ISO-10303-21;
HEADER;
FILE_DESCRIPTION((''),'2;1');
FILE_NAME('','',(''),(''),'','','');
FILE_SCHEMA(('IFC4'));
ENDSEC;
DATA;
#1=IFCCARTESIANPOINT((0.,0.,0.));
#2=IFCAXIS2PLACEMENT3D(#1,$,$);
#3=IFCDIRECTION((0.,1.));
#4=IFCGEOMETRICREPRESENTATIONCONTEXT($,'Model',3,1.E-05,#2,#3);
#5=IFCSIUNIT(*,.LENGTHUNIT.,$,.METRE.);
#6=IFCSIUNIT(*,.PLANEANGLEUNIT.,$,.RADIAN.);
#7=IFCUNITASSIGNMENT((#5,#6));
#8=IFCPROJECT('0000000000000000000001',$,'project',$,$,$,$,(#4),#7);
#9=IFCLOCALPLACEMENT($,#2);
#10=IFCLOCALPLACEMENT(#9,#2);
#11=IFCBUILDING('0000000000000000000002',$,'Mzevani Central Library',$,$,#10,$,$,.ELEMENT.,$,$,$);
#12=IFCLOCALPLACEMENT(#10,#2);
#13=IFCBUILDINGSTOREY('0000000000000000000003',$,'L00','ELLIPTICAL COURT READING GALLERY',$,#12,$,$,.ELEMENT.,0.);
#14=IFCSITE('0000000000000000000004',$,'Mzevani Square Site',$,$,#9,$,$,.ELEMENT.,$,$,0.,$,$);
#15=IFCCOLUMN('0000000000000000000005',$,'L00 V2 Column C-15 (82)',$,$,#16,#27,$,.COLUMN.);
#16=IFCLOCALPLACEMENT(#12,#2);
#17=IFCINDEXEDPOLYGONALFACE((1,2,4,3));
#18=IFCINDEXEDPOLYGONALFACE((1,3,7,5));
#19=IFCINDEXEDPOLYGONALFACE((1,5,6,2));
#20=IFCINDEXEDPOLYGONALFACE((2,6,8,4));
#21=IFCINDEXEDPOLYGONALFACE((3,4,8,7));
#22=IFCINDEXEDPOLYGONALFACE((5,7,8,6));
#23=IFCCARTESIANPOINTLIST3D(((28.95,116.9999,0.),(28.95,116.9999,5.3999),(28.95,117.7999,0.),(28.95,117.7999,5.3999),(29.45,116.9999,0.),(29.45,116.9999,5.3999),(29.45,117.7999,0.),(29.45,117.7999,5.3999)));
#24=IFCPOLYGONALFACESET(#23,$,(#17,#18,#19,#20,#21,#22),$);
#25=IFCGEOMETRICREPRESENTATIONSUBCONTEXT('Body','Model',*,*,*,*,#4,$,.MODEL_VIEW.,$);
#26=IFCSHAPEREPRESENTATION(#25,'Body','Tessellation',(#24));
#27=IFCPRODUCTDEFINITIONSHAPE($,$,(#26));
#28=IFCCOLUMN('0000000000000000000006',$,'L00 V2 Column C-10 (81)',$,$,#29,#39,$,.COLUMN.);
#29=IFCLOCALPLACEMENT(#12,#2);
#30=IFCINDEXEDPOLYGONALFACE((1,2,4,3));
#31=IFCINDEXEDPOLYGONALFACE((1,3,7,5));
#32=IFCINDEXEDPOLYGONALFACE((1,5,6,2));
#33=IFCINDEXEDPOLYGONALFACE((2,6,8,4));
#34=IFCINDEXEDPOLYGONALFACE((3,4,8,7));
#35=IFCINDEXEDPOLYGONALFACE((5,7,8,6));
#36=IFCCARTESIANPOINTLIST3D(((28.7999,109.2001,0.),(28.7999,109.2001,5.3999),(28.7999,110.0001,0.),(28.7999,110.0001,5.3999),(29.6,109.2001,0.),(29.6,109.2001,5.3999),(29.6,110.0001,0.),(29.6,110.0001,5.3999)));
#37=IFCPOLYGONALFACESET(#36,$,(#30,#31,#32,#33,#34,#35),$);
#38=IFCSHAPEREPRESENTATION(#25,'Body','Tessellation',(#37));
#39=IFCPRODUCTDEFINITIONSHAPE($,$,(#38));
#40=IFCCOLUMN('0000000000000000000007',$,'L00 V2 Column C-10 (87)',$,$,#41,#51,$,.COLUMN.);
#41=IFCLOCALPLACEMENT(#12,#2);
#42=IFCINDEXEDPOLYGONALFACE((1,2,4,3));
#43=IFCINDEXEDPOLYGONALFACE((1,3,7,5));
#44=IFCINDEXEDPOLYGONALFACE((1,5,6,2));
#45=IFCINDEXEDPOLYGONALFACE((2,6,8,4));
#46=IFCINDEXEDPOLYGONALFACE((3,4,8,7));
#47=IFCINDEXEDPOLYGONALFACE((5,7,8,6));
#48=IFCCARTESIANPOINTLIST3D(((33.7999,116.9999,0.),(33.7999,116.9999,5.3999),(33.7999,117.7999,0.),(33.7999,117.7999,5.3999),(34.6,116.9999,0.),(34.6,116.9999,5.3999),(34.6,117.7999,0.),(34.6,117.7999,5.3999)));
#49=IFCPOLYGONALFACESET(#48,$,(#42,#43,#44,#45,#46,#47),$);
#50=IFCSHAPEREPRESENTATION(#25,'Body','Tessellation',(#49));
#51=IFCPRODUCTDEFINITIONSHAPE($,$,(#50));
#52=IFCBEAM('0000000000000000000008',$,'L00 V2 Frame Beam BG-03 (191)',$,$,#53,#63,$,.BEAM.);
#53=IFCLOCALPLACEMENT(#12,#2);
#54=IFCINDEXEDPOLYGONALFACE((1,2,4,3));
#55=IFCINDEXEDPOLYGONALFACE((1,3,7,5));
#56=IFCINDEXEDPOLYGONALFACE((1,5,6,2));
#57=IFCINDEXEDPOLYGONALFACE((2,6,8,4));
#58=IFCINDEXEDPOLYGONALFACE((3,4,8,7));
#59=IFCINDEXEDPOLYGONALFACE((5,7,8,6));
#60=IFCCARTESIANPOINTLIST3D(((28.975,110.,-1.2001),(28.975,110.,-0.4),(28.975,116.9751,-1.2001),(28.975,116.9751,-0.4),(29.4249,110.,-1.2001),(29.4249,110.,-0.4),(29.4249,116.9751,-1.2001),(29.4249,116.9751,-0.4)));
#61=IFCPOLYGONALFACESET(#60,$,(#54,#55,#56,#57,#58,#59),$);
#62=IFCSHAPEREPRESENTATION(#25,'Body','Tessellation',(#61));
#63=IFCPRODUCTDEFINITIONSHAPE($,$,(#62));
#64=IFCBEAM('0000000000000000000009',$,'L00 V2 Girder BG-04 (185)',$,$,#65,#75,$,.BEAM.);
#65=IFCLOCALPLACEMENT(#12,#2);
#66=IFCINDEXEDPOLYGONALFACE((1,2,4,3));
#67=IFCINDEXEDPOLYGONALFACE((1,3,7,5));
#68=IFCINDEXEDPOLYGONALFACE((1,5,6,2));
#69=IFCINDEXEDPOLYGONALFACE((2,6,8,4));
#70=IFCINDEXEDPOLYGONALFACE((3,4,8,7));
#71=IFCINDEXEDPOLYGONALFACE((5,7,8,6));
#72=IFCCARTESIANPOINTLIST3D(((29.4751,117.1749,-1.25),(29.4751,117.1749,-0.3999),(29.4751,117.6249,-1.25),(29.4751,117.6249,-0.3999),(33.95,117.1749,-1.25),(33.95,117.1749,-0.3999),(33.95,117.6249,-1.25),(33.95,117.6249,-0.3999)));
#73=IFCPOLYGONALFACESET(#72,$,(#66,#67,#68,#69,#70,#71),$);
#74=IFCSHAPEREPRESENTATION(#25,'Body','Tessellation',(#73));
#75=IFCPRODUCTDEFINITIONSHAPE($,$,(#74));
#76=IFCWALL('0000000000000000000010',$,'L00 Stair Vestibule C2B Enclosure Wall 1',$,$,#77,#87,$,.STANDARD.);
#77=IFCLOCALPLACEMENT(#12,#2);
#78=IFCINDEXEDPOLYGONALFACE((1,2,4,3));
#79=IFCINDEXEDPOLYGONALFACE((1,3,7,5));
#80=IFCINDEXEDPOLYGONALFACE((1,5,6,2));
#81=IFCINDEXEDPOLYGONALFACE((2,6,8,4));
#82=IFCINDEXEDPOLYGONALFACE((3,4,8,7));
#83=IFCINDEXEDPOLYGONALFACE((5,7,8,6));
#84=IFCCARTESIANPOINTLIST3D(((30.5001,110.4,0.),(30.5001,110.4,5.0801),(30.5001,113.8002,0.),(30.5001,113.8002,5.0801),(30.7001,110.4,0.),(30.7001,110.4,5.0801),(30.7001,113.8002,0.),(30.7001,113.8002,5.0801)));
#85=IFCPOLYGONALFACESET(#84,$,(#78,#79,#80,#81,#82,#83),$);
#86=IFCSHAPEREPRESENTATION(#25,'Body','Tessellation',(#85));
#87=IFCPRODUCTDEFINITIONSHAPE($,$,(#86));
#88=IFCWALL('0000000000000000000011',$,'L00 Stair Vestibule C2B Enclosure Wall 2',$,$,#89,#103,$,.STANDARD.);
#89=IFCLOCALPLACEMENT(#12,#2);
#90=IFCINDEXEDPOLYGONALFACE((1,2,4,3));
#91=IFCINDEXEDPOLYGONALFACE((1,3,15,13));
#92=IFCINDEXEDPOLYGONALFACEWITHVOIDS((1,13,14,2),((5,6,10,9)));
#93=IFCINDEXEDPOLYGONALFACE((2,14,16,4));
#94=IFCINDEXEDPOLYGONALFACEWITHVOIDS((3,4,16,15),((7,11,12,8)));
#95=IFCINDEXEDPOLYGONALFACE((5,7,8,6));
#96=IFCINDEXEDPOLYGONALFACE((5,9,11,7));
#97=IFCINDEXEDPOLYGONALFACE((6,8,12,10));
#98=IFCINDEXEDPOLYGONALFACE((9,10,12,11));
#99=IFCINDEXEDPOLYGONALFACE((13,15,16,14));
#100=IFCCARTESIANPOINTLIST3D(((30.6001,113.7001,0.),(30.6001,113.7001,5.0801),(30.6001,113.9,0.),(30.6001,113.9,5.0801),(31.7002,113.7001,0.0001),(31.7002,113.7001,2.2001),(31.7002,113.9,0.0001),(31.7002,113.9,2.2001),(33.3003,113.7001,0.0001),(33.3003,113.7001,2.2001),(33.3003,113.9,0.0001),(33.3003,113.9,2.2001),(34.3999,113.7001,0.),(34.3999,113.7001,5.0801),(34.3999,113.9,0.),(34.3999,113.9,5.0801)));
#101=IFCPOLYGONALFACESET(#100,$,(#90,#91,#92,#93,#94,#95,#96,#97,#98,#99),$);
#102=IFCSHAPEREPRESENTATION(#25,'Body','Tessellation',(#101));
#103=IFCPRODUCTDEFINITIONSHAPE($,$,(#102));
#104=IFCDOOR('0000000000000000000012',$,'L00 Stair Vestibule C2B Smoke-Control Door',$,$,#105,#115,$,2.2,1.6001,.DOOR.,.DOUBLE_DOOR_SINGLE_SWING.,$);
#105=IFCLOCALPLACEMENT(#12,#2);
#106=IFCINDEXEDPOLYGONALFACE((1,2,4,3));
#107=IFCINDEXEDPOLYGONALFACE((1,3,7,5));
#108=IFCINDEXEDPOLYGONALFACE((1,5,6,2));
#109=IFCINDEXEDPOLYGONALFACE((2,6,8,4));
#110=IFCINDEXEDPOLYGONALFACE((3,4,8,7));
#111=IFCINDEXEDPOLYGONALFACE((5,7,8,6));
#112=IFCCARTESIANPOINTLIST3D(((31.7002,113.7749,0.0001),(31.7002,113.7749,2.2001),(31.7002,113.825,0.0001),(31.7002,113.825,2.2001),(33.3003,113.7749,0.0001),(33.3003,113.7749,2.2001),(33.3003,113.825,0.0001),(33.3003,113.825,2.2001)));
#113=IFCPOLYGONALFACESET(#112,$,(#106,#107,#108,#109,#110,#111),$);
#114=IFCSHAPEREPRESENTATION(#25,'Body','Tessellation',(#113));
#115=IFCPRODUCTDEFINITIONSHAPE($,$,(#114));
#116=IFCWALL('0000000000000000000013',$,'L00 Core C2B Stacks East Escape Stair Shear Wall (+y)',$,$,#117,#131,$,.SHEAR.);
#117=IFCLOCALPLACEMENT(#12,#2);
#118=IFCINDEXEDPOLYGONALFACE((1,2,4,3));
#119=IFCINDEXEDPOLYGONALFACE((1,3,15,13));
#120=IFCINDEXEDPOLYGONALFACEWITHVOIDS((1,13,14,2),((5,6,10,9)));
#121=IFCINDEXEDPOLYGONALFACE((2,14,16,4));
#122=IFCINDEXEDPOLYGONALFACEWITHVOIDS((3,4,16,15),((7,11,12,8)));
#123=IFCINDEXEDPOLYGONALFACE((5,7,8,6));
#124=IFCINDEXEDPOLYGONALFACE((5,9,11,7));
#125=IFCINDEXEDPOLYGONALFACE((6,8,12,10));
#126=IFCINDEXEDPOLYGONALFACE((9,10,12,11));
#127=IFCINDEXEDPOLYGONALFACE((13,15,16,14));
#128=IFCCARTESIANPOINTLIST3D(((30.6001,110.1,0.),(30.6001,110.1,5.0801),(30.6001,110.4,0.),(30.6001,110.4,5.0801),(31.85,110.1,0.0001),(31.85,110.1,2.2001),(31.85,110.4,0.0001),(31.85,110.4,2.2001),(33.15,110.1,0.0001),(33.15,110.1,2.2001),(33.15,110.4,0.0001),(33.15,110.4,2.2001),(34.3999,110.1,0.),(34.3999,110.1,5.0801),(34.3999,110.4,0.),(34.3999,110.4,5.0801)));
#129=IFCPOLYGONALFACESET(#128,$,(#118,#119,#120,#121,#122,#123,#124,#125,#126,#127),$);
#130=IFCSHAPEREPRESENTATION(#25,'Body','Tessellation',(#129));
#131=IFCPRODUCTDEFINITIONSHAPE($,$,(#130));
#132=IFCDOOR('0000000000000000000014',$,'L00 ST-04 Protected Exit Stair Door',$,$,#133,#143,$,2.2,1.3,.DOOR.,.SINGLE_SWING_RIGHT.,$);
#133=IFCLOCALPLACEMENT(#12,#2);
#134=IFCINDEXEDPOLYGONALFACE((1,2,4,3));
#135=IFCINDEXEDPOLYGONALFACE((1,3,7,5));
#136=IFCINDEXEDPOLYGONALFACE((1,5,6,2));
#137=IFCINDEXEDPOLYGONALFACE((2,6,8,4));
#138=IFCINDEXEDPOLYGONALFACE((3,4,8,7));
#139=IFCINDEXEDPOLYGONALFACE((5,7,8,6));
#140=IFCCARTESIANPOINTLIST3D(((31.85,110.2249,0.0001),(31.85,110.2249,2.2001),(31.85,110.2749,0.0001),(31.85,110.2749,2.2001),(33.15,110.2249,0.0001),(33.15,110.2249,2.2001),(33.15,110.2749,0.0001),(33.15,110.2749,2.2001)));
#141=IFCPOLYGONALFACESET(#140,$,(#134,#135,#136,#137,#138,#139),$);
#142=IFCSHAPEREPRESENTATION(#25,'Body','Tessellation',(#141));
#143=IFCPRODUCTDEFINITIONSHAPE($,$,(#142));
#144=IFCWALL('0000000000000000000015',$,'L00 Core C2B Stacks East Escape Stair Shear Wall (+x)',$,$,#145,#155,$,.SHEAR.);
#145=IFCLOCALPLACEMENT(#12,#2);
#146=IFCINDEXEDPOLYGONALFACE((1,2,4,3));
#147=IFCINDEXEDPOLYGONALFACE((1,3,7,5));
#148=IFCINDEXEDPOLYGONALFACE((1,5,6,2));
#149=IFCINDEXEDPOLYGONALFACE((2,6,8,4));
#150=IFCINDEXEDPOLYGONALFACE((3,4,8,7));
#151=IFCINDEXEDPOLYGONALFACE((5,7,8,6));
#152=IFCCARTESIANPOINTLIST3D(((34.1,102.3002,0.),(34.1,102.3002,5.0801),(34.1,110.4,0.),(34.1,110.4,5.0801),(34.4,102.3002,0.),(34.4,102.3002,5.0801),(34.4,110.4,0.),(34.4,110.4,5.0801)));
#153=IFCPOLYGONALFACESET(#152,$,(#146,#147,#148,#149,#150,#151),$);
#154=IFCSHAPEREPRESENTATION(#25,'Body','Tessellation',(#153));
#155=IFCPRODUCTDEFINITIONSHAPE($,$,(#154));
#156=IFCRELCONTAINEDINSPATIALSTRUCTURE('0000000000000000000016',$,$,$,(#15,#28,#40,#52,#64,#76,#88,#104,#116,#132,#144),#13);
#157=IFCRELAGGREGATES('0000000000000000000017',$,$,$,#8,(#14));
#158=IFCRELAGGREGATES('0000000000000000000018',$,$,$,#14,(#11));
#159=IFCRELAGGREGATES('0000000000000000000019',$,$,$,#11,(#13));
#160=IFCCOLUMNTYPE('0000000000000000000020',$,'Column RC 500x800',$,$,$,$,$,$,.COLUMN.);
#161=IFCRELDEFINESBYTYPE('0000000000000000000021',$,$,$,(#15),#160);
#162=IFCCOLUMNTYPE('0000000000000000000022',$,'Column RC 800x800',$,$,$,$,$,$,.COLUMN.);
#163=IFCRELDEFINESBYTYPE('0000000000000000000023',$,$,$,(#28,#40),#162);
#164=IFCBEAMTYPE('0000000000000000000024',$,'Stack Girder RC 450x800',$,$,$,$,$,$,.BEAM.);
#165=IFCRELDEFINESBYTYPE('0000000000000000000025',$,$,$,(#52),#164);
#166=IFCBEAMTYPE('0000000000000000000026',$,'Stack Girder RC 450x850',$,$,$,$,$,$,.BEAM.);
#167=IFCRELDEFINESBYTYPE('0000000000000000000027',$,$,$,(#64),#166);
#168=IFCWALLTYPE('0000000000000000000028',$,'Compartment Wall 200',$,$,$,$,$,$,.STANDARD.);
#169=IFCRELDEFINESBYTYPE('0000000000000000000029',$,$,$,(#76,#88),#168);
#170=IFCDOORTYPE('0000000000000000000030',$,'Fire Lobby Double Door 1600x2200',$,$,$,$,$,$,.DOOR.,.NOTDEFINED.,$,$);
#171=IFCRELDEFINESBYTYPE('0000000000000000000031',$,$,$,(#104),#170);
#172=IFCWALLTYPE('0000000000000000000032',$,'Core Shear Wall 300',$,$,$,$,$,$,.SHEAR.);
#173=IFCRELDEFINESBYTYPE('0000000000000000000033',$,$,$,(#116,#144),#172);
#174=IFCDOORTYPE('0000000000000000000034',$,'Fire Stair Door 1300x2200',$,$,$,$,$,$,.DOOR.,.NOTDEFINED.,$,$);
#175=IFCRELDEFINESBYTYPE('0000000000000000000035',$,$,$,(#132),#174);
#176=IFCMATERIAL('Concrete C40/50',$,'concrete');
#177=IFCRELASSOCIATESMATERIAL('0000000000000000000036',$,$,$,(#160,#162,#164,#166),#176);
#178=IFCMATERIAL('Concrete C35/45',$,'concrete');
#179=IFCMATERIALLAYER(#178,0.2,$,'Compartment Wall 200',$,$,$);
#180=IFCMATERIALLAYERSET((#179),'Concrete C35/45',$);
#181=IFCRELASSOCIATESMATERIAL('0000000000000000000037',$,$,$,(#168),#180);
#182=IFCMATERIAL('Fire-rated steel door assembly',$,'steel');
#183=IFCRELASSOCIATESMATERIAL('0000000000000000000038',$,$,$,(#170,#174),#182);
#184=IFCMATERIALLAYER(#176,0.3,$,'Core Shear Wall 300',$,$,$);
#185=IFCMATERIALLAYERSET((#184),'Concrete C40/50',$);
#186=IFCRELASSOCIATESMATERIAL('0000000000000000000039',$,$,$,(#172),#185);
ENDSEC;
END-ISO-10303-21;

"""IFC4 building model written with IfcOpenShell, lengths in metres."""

from ifc_helpers import new_model, si_unit, direction, frame, frame_2d, origin, origin_2d, place, context, subcontext, project, spatial, rectangle, extrude, material, layer, layer_set, material_profile, profile_set, type_object, element, fill, save


model = new_model("IFC4")

# Units and contexts
model_context = context("Model", 3, precision=1e-05, world=origin(), true_north=direction((0.0, 1.0)))
body_context = subcontext(model_context, "Body", "Model", "MODEL_VIEW")
ifc_project = project(units=[si_unit("LENGTHUNIT", "METRE"), si_unit("PLANEANGLEUNIT", "RADIAN")], contexts=[model_context])

# Site, building, storey
site_placement = place(None, origin())
site = spatial("IfcSite", under=ifc_project, at=site_placement, Name="Mzevani Square Site", CompositionType="ELEMENT", RefElevation=0.0)
building_placement = place(site_placement, origin())
building = spatial("IfcBuilding", under=site, at=building_placement, Name="Mzevani Central Library", CompositionType="ELEMENT")
storey_placement = place(building_placement, origin())
storey = spatial("IfcBuildingStorey", under=building, at=storey_placement, Name="L00", Description="ELLIPTICAL COURT READING GALLERY", CompositionType="ELEMENT", Elevation=0.0)

# Columns
ifc_material_1 = material(Name="Concrete C40/50", Category="concrete")
ifc_material_profile_1 = material_profile(ifc_material_1, rectangle(XDim=0.5, YDim=0.8, at=origin_2d()), Name="RC 500x800")
ifc_profile_set_1 = profile_set([ifc_material_profile_1], Name="Concrete C40/50")
column_type_1 = type_object("IfcColumnType", Name="Column RC 500x800", PredefinedType="COLUMN", material=ifc_profile_set_1)
column_placement = place(storey_placement, frame((29.2, 117.3999, 0.0), z_axis=(0.0, 0.0, 1.0), x_axis=(1.0, 0.0, 0.0)))
element("IfcColumn", 1, at=column_placement, inside=storey, type_object=column_type_1, Name="L00 V2 Column C-15 (82)", PredefinedType="COLUMN", context=body_context, shape_type="SweptSolid", body=[
    extrude(rectangle(XDim=0.5, YDim=0.8, at=origin_2d()), origin(), (0.0, 0.0, 1.0), 5.3999),
])
ifc_material_profile_2 = material_profile(ifc_material_1, rectangle(XDim=0.8, YDim=0.8, at=origin_2d()), Name="RC 800x800")
ifc_profile_set_2 = profile_set([ifc_material_profile_2], Name="Concrete C40/50")
column_type_2 = type_object("IfcColumnType", Name="Column RC 800x800", PredefinedType="COLUMN", material=ifc_profile_set_2)
for number, where, z_axis, x_axis, name in (
    (2, (29.2, 109.6001, 0.0), (0.0, 0.0, 1.0), (1.0, 0.0, 0.0), "L00 V2 Column C-10 (81)"),
    (3, (34.2, 117.3999, 0.0), (0.0, 0.0, 1.0), (1.0, 0.0, 0.0), "L00 V2 Column C-10 (87)"),
):
    element("IfcColumn", number, at=place(storey_placement, frame(where, z_axis=z_axis, x_axis=x_axis)), inside=storey, type_object=column_type_2, Name=name, PredefinedType="COLUMN", context=body_context, shape_type="SweptSolid", body=[
        extrude(rectangle(XDim=0.8, YDim=0.8, at=origin_2d()), origin(), (0.0, 0.0, 1.0), 5.3999),
    ])

# Beams
ifc_material_profile_3 = material_profile(ifc_material_1, rectangle(XDim=0.45, YDim=0.8, at=origin_2d()), Name="RC B450x800")
ifc_profile_set_3 = profile_set([ifc_material_profile_3], Name="Concrete C40/50")
beam_type_1 = type_object("IfcBeamType", Name="Stack Girder RC 450x800", PredefinedType="BEAM", material=ifc_profile_set_3)
beam_1_placement = place(storey_placement, frame((29.2, 110.0, -0.8), z_axis=(0.0, 1.0, 0.0), x_axis=(-1.0, 0.0, 0.0)))
element("IfcBeam", 4, at=beam_1_placement, inside=storey, type_object=beam_type_1, Name="L00 V2 Frame Beam BG-03 (191)", PredefinedType="BEAM", context=body_context, shape_type="SweptSolid", body=[
    extrude(rectangle(XDim=0.45, YDim=0.8, at=origin_2d()), origin(), (0.0, 0.0, 1.0), 6.9751),
])
ifc_material_profile_4 = material_profile(ifc_material_1, rectangle(XDim=0.45, YDim=0.8501, at=origin_2d()), Name="RC B450x850")
ifc_profile_set_4 = profile_set([ifc_material_profile_4], Name="Concrete C40/50")
beam_type_2 = type_object("IfcBeamType", Name="Stack Girder RC 450x850", PredefinedType="BEAM", material=ifc_profile_set_4)
beam_2_placement = place(storey_placement, frame((29.4751, 117.3999, -0.825), z_axis=(1.0, 0.0, 0.0), x_axis=(0.0, 1.0, 0.0)))
element("IfcBeam", 5, at=beam_2_placement, inside=storey, type_object=beam_type_2, Name="L00 V2 Girder BG-04 (185)", PredefinedType="BEAM", context=body_context, shape_type="SweptSolid", body=[
    extrude(rectangle(XDim=0.45, YDim=0.8501, at=origin_2d()), origin(), (0.0, 0.0, 1.0), 4.4749),
])

# Wall
ifc_material_2 = material(Name="Concrete C35/45", Category="concrete")
ifc_layer_1 = layer(ifc_material_2, 0.2, Name="Compartment Wall 200")
ifc_layer_set_1 = layer_set([ifc_layer_1], Name="Concrete C35/45")
wall_type_1 = type_object("IfcWallType", Name="Compartment Wall 200", PredefinedType="STANDARD", material=ifc_layer_set_1)
wall_1_placement = place(storey_placement, frame((30.6001, 110.3999, 0.0), z_axis=(0.0, 0.0, 1.0), x_axis=(0.0, 1.0, 0.0)))
element("IfcWall", 6, at=wall_1_placement, inside=storey, type_object=wall_type_1, Name="L00 Stair Vestibule C2B Enclosure Wall 1", PredefinedType="STANDARD", context=body_context, shape_type="SweptSolid", body=[
    extrude(rectangle(XDim=3.4001, YDim=0.2, at=frame_2d((1.7002, 0.0))), origin(), (0.0, 0.0, 1.0), 5.0801),
])

# Walls, openings, doors
wall_2_placement = place(storey_placement, frame((30.6001, 113.8, 0.0), z_axis=(0.0, 0.0, 1.0), x_axis=(1.0, 0.0, 0.0)))
wall_2 = element("IfcWall", 7, at=wall_2_placement, inside=storey, type_object=wall_type_1, Name="L00 Stair Vestibule C2B Enclosure Wall 2", PredefinedType="STANDARD", context=body_context, shape_type="SweptSolid", body=[
    extrude(rectangle(XDim=3.7998, YDim=0.2, at=frame_2d((1.8999, 0.0))), origin(), (0.0, 0.0, 1.0), 5.0801),
])
opening_1_placement = place(wall_2_placement, frame((1.1001, 0.0, 0.0)))
opening_1 = element("IfcOpeningElement", 8, at=opening_1_placement, cuts=wall_2, PredefinedType="OPENING", context=body_context, shape_type="SweptSolid", body=[
    extrude(rectangle(XDim=1.6001, YDim=2.2, at=frame_2d((0.8, 1.1001))), frame((0.0, 0.1099, 0.0), z_axis=(0.0, -1.0, 0.0), x_axis=(1.0, 0.0, 0.0)), (0.0, 0.0, 1.0), 0.22),
])
ifc_material_3 = material(Name="Fire-rated steel door assembly", Category="steel")
door_type_1 = type_object("IfcDoorType", Name="Fire Lobby Double Door 1600x2200", OperationType="NOTDEFINED", PredefinedType="DOOR", material=ifc_material_3)
door_1_placement = place(opening_1_placement, origin())
door_1 = element("IfcDoor", 9, at=door_1_placement, inside=storey, type_object=door_type_1, Name="L00 Stair Vestibule C2B Smoke-Control Door", OperationType="DOUBLE_DOOR_SINGLE_SWING", OverallHeight=2.2, OverallWidth=1.6001, PredefinedType="DOOR", context=body_context, shape_type="SweptSolid", body=[
    extrude(rectangle(XDim=1.6001, YDim=2.2, at=frame_2d((0.8, 1.1001))), frame((0.0, 0.0249, 0.0), z_axis=(0.0, -1.0, 0.0), x_axis=(1.0, 0.0, 0.0)), (0.0, 0.0, 1.0), 0.05),
])
fill(opening_1, door_1)
ifc_layer_2 = layer(ifc_material_1, 0.3, Name="Core Shear Wall 300")
ifc_layer_set_2 = layer_set([ifc_layer_2], Name="Concrete C40/50")
wall_type_2 = type_object("IfcWallType", Name="Core Shear Wall 300", PredefinedType="SHEAR", material=ifc_layer_set_2)
wall_3_placement = place(storey_placement, frame((30.6001, 110.25, 0.0), z_axis=(0.0, 0.0, 1.0), x_axis=(1.0, 0.0, 0.0)))
wall_3 = element("IfcWall", 10, at=wall_3_placement, inside=storey, type_object=wall_type_2, Name="L00 Core C2B Stacks East Escape Stair Shear Wall (+y)", PredefinedType="SHEAR", context=body_context, shape_type="SweptSolid", body=[
    extrude(rectangle(XDim=3.7998, YDim=0.3, at=frame_2d((1.8999, 0.0))), origin(), (0.0, 0.0, 1.0), 5.0801),
])
opening_2_placement = place(wall_3_placement, frame((1.25, 0.0, 0.0)))
opening_2 = element("IfcOpeningElement", 11, at=opening_2_placement, cuts=wall_3, PredefinedType="OPENING", context=body_context, shape_type="SweptSolid", body=[
    extrude(rectangle(XDim=1.3, YDim=2.2, at=frame_2d((0.6499, 1.1001))), frame((0.0, 0.1602, 0.0), z_axis=(0.0, -1.0, 0.0), x_axis=(1.0, 0.0, 0.0)), (0.0, 0.0, 1.0), 0.3201),
])
door_type_2 = type_object("IfcDoorType", Name="Fire Stair Door 1300x2200", OperationType="NOTDEFINED", PredefinedType="DOOR", material=ifc_material_3)
door_2_placement = place(opening_2_placement, origin())
door_2 = element("IfcDoor", 12, at=door_2_placement, inside=storey, type_object=door_type_2, Name="L00 ST-04 Protected Exit Stair Door", OperationType="SINGLE_SWING_RIGHT", OverallHeight=2.2, OverallWidth=1.3, PredefinedType="DOOR", context=body_context, shape_type="SweptSolid", body=[
    extrude(rectangle(XDim=1.3, YDim=2.2, at=frame_2d((0.6499, 1.1001))), frame((0.0, 0.0249, 0.0), z_axis=(0.0, -1.0, 0.0), x_axis=(1.0, 0.0, 0.0)), (0.0, 0.0, 1.0), 0.05),
])
fill(opening_2, door_2)

# Wall
wall_4_placement = place(storey_placement, frame((34.25, 110.3999, 0.0), z_axis=(0.0, 0.0, 1.0), x_axis=(0.0, -1.0, 0.0)))
element("IfcWall", 13, at=wall_4_placement, inside=storey, type_object=wall_type_2, Name="L00 Core C2B Stacks East Escape Stair Shear Wall (+x)", PredefinedType="SHEAR", context=body_context, shape_type="SweptSolid", body=[
    extrude(rectangle(XDim=8.0999, YDim=0.3, at=frame_2d((4.0498, 0.0))), origin(), (0.0, 0.0, 1.0), 5.0801),
])

save(model, "model.ifc")
